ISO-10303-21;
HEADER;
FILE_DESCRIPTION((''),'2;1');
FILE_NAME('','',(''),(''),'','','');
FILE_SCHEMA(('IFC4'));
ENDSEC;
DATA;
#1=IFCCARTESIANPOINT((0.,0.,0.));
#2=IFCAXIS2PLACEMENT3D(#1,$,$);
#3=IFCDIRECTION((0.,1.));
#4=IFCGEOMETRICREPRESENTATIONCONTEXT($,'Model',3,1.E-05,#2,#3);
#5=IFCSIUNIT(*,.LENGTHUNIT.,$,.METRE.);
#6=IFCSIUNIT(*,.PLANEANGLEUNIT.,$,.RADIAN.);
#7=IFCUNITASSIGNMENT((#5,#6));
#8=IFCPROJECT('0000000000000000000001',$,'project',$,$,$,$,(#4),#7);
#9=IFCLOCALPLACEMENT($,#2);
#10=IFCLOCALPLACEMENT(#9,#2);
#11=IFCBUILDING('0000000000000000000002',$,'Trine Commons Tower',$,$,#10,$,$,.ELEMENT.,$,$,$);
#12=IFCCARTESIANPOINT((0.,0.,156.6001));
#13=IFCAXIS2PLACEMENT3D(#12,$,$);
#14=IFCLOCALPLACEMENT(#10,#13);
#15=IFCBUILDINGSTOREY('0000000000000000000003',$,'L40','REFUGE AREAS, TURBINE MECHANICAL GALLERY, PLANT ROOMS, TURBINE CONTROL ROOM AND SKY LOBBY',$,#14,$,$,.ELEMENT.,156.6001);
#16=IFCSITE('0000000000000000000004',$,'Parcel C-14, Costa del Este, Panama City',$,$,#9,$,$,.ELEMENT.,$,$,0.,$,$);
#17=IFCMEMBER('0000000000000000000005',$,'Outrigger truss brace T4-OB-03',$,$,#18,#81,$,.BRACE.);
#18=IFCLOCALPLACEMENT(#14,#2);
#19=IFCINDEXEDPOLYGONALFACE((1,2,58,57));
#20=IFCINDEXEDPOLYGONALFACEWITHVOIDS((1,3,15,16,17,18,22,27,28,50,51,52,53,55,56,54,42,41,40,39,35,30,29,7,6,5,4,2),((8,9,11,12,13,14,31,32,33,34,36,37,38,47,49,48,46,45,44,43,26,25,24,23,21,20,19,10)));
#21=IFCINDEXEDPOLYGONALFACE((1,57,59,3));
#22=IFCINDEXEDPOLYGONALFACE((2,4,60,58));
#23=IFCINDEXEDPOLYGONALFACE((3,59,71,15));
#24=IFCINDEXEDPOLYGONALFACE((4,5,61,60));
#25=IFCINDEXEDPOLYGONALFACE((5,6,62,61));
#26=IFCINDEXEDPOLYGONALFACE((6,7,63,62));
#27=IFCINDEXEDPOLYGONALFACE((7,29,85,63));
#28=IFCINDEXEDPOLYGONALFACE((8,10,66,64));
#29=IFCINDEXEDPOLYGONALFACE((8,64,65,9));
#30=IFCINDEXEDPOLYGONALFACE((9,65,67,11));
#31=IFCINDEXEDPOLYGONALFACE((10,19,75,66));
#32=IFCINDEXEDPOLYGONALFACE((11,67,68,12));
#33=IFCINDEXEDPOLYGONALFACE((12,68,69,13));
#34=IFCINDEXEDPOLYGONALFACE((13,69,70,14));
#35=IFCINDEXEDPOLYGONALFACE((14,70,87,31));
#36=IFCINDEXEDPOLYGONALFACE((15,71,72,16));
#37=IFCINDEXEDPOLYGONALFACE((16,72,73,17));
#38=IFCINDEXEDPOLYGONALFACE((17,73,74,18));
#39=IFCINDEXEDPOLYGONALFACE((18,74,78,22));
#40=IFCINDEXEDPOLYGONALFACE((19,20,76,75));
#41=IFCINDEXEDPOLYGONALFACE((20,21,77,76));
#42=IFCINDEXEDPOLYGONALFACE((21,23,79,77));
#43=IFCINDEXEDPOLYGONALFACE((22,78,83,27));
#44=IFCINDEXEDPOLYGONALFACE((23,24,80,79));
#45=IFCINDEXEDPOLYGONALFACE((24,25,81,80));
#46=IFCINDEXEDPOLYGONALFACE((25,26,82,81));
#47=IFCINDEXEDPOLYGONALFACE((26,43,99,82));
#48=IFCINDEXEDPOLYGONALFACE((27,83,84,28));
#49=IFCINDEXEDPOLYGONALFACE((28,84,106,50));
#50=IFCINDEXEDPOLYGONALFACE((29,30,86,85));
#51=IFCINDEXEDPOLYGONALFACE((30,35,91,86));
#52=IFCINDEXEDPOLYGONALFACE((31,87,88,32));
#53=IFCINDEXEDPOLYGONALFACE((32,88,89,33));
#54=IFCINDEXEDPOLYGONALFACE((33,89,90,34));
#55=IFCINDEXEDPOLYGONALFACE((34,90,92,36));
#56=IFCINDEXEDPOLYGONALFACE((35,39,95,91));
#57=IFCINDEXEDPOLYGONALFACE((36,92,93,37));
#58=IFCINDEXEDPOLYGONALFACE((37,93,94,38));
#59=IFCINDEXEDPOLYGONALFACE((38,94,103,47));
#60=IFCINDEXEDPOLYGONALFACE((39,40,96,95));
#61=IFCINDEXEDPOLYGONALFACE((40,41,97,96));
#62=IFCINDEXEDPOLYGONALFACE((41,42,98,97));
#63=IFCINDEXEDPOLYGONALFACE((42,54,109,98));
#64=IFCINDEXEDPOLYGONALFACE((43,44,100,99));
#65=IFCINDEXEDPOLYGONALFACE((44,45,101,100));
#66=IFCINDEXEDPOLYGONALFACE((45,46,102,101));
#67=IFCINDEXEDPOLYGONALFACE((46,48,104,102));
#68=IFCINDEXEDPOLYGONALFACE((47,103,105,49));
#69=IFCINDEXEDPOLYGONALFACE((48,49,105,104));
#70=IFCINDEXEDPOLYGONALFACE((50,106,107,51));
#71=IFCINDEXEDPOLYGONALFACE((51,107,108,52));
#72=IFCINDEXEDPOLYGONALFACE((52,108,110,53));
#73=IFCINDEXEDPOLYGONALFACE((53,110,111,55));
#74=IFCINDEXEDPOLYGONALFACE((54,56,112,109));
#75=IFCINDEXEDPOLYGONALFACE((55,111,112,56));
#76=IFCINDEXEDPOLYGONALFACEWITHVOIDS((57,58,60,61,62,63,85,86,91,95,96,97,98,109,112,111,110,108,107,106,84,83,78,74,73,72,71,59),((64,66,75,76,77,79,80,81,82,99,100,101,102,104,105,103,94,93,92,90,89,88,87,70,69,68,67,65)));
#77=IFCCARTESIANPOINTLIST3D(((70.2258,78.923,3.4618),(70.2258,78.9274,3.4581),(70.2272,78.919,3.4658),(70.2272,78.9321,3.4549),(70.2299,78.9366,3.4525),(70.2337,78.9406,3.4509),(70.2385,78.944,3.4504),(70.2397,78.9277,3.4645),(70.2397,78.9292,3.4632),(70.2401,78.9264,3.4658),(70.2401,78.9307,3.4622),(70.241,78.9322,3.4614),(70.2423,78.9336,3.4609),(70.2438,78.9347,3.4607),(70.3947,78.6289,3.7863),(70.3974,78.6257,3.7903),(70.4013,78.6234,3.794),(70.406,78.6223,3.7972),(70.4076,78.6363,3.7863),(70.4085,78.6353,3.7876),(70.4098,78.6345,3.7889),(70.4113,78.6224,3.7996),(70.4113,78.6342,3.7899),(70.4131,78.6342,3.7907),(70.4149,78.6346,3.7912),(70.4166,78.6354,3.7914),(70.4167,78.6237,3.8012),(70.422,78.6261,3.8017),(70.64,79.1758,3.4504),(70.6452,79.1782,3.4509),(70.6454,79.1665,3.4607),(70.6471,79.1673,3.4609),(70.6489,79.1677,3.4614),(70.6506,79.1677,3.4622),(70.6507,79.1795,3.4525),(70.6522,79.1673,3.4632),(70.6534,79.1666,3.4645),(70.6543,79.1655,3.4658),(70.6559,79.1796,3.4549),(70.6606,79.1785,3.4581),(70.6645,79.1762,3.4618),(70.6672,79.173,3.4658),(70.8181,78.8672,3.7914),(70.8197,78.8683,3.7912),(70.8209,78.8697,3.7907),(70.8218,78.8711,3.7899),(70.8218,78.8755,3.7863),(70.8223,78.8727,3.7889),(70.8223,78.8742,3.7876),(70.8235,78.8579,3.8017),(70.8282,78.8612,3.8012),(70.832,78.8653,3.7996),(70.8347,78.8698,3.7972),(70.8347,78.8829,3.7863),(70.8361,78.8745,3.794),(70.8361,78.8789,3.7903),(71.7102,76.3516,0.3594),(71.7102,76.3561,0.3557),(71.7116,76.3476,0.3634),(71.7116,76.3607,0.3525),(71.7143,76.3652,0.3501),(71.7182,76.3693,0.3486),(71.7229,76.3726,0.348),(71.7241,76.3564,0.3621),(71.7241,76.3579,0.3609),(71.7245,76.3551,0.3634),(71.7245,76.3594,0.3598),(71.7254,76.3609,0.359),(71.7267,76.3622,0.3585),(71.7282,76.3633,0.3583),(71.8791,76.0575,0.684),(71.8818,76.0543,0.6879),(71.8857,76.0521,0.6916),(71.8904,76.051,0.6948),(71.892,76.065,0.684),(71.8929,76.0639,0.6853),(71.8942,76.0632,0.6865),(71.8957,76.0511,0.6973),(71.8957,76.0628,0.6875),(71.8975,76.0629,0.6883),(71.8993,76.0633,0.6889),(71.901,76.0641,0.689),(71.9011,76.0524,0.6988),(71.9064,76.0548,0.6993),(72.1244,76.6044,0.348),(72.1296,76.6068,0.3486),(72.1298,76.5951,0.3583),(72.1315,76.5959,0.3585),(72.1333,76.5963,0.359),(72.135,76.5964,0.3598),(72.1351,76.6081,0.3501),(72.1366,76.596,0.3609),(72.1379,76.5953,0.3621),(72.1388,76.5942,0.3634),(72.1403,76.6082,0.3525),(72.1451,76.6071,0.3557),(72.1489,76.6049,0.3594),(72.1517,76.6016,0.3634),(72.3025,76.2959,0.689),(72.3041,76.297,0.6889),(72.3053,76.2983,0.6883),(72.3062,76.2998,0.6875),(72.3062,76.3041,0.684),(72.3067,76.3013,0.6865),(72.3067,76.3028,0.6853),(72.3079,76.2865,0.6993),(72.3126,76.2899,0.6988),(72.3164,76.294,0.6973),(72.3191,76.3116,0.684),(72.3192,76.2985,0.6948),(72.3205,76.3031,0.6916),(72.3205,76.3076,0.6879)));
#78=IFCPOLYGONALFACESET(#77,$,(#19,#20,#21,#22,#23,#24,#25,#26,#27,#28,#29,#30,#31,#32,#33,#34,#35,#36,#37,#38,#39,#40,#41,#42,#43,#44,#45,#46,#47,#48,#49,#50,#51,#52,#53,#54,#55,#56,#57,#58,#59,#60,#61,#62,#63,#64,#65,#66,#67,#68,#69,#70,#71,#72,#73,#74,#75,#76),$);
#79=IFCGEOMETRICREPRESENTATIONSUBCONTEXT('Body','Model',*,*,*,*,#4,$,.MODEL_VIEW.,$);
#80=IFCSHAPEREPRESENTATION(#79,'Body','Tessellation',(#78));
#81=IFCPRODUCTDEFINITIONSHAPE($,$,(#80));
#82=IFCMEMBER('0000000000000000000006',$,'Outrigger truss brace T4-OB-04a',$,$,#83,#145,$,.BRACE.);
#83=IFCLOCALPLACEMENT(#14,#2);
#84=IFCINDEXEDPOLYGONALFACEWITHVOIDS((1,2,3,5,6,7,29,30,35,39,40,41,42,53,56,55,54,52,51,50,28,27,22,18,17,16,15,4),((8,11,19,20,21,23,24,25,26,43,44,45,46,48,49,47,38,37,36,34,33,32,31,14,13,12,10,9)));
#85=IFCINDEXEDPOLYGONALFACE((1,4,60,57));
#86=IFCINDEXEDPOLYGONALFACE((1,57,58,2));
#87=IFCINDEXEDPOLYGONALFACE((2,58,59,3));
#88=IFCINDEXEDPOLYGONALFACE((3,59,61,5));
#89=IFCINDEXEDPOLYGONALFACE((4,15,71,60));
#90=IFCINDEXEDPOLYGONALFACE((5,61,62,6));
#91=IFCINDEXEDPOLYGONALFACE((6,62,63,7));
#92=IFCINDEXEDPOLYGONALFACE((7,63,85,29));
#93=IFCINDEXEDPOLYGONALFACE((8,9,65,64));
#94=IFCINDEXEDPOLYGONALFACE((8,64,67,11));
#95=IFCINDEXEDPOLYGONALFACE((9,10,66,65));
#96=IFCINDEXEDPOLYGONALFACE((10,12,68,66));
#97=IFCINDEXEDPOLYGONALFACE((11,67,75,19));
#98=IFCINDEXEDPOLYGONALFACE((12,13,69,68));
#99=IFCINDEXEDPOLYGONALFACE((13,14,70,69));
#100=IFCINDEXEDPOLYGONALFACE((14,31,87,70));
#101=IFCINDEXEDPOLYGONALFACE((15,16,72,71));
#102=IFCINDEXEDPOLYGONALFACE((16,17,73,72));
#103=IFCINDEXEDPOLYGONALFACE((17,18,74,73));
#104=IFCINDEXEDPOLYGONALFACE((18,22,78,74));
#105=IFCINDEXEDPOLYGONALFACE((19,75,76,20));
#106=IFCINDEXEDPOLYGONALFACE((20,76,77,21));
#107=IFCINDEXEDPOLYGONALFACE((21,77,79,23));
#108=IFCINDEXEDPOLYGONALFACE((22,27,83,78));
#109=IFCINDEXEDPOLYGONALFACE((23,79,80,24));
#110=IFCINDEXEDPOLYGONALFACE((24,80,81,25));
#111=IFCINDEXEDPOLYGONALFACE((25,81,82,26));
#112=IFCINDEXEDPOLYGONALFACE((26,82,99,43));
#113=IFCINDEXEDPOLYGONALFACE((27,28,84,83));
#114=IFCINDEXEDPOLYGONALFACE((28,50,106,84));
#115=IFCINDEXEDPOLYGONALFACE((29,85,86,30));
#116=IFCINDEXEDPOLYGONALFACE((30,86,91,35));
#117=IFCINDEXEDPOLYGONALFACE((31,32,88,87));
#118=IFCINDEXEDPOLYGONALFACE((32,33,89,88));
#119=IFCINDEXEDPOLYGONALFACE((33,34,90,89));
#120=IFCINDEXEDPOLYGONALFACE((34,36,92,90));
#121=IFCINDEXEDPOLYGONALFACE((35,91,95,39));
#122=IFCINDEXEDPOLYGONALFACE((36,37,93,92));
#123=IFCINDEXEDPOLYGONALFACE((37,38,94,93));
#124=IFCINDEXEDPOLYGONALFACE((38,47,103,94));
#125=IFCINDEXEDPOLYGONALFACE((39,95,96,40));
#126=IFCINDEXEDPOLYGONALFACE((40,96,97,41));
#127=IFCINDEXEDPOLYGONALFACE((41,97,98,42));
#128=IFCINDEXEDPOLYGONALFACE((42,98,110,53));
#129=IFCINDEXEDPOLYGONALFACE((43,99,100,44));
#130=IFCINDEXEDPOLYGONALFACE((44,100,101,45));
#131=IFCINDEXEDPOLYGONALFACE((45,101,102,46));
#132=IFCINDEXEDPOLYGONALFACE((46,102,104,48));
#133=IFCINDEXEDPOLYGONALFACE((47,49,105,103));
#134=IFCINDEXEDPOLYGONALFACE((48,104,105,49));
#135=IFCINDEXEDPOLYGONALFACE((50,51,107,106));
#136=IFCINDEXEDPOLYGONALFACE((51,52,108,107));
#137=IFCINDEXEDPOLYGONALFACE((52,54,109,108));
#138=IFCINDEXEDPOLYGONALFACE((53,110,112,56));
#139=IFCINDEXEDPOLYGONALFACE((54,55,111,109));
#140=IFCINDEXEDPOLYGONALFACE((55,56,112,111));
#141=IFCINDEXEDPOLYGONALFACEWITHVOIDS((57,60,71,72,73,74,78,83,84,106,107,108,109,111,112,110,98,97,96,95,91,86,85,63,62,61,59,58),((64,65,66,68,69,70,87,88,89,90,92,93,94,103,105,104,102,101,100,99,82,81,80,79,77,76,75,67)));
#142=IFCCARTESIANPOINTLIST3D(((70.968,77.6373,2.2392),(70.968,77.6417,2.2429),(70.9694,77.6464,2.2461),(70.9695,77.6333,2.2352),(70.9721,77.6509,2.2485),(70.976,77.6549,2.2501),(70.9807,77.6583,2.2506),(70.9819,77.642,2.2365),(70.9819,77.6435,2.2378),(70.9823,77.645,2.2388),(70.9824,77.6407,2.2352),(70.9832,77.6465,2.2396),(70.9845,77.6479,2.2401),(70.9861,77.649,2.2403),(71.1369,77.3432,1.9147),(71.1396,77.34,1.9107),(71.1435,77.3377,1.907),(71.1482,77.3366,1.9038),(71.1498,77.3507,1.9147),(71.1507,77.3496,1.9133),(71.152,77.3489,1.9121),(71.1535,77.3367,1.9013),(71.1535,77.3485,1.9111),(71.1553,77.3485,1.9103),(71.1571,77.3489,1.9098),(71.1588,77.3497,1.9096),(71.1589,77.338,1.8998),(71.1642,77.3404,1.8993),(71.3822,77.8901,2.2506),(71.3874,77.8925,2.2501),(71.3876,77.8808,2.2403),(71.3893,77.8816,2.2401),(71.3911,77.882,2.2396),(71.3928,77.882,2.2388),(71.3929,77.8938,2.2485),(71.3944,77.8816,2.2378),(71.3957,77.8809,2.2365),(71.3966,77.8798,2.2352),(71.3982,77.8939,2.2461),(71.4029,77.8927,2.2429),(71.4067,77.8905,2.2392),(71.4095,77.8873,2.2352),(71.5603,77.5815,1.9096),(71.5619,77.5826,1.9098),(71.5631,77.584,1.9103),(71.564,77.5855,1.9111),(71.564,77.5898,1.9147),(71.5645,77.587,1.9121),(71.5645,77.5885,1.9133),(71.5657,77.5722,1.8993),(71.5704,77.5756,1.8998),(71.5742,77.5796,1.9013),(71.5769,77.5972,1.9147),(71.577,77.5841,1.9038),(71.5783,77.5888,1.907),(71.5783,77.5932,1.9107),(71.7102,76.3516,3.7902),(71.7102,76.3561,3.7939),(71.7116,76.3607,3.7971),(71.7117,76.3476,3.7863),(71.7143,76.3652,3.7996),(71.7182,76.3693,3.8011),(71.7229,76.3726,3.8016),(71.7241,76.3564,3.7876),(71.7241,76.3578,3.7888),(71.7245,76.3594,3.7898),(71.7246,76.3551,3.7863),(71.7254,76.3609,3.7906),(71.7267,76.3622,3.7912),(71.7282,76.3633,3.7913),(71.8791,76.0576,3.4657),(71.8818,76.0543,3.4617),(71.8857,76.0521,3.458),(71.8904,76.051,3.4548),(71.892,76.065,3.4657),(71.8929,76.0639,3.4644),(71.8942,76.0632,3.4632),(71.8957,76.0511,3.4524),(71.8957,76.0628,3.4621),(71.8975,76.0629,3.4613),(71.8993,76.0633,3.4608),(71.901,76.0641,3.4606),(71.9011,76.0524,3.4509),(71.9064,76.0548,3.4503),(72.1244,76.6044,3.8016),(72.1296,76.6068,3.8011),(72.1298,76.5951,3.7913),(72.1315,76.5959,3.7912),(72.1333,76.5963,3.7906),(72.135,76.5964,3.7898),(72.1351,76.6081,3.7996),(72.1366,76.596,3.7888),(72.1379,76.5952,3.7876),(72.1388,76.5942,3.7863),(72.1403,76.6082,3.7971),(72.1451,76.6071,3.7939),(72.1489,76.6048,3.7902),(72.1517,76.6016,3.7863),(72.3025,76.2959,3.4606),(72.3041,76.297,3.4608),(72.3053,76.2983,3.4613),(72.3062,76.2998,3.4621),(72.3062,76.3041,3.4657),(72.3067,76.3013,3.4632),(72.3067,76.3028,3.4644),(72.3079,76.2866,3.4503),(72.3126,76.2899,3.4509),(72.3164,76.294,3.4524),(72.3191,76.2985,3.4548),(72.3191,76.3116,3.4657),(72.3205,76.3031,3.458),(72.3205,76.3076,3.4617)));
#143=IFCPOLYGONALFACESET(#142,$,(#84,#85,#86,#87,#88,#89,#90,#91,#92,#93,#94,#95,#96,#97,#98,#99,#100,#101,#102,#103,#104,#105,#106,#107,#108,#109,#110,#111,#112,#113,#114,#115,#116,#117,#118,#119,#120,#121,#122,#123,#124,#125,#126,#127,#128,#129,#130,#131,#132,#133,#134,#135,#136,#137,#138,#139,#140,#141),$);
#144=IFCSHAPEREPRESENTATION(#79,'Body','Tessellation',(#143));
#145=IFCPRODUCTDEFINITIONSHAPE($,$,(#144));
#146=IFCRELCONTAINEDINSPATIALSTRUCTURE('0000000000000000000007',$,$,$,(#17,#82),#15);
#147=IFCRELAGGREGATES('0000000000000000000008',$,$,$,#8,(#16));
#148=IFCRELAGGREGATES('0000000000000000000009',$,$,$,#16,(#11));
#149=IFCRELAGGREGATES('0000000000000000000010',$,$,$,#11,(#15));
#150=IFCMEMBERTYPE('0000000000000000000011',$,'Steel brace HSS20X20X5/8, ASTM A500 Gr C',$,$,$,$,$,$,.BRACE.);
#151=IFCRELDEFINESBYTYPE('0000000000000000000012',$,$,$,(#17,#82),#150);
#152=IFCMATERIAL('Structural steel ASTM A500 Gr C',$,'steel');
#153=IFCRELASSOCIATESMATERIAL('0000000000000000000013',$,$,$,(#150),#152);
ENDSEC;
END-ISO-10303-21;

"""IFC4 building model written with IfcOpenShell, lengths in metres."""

from ifc_helpers import new_model, si_unit, direction, frame, origin, origin_2d, place, context, subcontext, project, spatial, hollow_rectangle, extrude, material, material_profile, profile_set, type_object, element, save


model = new_model("IFC4")

# Units and contexts
model_context = context("Model", 3, precision=1e-05, world=origin(), true_north=direction((0.0, 1.0)))
body_context = subcontext(model_context, "Body", "Model", "MODEL_VIEW")
ifc_project = project(units=[si_unit("LENGTHUNIT", "METRE"), si_unit("PLANEANGLEUNIT", "RADIAN")], contexts=[model_context])

# Site, building, storey
site_placement = place(None, origin())
site = spatial("IfcSite", under=ifc_project, at=site_placement, Name="Parcel C-14, Costa del Este, Panama City", CompositionType="ELEMENT", RefElevation=0.0)
building_placement = place(site_placement, origin())
building = spatial("IfcBuilding", under=site, at=building_placement, Name="Trine Commons Tower", CompositionType="ELEMENT")
storey_placement = place(building_placement, frame((0.0, 0.0, 156.6001)))
storey = spatial("IfcBuildingStorey", under=building, at=storey_placement, Name="L40", Description="REFUGE AREAS, TURBINE MECHANICAL GALLERY, PLANT ROOMS, TURBINE CONTROL ROOM AND SKY LOBBY", CompositionType="ELEMENT", Elevation=156.6001)

# Members
ifc_material_1 = material(Name="Structural steel ASTM A500 Gr C", Category="steel")
ifc_material_profile_1 = material_profile(ifc_material_1, hollow_rectangle(XDim=0.5081, YDim=0.5081, WallThickness=0.0149, InnerFilletRadius=0.0073, OuterFilletRadius=0.0222, at=origin_2d()), Name="HSS20X20X5/8")
ifc_profile_set_1 = profile_set([ifc_material_profile_1], Name="Structural steel ASTM A500 Gr C")
member_type_1 = type_object("IfcMemberType", Name="Steel brace HSS20X20X5/8, ASTM A500 Gr C", PredefinedType="BRACE", material=ifc_profile_set_1)
member_1_placement = place(storey_placement, frame((72.0154, 76.3296, 0.5237), z_axis=(-0.345679, 0.598798, 0.722458), x_axis=(-0.866049, -0.49996, 0.0)))
element("IfcMember", 1, at=member_1_placement, inside=storey, type_object=member_type_1, Name="Outrigger truss brace T4-OB-03", PredefinedType="BRACE", context=body_context, shape_type="SweptSolid", body=[
    extrude(hollow_rectangle(XDim=0.5081, YDim=0.5081, WallThickness=0.0149, InnerFilletRadius=0.0073, OuterFilletRadius=0.0222, at=origin_2d()), origin(), (0.0, 0.0, 1.0), 4.2942),
])
member_2_placement = place(storey_placement, frame((72.0154, 76.3296, 3.626), z_axis=(-0.345694, 0.598823, -0.722431), x_axis=(-0.866049, -0.49996, 0.0)))
element("IfcMember", 2, at=member_2_placement, inside=storey, type_object=member_type_1, Name="Outrigger truss brace T4-OB-04a", PredefinedType="BRACE", context=body_context, shape_type="SweptSolid", body=[
    extrude(hollow_rectangle(XDim=0.5081, YDim=0.5081, WallThickness=0.0149, InnerFilletRadius=0.0073, OuterFilletRadius=0.0222, at=origin_2d()), origin(), (0.0, 0.0, 1.0), 2.147),
])

save(model, "model.ifc")
